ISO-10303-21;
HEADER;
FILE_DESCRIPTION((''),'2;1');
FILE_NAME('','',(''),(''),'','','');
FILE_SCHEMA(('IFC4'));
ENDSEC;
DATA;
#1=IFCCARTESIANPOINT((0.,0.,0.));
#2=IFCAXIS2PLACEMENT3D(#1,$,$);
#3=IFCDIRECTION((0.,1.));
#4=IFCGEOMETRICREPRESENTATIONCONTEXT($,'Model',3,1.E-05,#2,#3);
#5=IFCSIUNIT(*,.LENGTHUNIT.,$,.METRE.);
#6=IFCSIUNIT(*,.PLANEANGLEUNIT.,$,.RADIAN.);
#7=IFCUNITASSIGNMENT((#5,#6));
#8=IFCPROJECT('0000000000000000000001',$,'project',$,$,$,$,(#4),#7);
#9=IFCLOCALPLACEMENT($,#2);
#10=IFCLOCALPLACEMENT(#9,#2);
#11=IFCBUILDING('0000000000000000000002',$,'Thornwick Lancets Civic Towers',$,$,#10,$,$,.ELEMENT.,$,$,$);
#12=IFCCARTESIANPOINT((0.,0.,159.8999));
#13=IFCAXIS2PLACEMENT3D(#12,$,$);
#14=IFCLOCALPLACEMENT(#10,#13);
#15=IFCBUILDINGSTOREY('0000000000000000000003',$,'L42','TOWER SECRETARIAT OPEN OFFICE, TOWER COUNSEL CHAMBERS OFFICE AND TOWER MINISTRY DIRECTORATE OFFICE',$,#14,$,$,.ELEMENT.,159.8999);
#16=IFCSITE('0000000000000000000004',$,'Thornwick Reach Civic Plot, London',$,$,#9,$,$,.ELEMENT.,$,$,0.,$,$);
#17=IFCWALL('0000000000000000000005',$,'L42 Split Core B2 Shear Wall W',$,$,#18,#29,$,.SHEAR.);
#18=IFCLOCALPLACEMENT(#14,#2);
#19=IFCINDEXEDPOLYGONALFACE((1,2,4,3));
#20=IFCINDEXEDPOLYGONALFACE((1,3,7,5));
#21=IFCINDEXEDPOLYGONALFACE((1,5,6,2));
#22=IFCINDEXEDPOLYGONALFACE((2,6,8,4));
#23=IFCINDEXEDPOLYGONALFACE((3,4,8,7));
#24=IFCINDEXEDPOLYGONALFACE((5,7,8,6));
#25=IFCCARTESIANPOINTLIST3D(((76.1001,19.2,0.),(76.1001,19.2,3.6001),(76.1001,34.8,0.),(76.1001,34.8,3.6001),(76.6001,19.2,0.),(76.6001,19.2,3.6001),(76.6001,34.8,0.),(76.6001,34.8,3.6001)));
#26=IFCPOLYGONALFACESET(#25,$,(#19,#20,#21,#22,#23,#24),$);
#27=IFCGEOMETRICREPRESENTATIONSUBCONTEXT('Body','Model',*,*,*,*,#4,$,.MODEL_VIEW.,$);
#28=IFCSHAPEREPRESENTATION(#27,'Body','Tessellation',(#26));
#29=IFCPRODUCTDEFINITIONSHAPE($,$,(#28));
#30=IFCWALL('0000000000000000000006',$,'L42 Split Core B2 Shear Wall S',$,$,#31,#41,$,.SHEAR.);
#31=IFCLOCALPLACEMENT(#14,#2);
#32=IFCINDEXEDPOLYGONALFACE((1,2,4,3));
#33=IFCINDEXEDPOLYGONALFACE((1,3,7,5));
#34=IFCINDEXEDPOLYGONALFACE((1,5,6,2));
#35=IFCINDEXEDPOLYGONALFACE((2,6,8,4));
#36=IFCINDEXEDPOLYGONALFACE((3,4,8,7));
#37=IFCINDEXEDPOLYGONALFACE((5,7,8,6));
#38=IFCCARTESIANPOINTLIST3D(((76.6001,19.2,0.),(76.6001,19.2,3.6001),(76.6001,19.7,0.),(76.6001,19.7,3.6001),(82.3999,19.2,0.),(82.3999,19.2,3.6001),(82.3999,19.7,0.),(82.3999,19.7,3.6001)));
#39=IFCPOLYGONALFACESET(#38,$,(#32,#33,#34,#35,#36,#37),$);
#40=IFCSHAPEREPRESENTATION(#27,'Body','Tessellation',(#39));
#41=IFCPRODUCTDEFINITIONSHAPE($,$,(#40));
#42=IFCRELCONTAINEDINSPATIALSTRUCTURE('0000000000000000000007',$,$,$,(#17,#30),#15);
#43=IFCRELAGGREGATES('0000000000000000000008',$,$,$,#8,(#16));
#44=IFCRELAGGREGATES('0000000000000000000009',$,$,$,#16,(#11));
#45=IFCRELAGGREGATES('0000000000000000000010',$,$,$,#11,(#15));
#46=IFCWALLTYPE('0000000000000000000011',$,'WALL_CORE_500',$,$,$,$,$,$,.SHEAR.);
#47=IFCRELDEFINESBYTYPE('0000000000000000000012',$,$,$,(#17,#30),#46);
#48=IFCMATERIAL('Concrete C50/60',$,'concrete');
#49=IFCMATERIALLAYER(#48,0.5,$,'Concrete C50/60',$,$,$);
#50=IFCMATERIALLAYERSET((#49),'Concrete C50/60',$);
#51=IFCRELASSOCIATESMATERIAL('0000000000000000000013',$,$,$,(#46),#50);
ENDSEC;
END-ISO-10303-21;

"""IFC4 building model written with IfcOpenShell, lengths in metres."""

from ifc_helpers import new_model, si_unit, direction, frame, frame_2d, origin, place, context, subcontext, project, spatial, rectangle, extrude, material, layer, layer_set, type_object, element, save


model = new_model("IFC4")

# Units and contexts
model_context = context("Model", 3, precision=1e-05, world=origin(), true_north=direction((0.0, 1.0)))
body_context = subcontext(model_context, "Body", "Model", "MODEL_VIEW")
ifc_project = project(units=[si_unit("LENGTHUNIT", "METRE"), si_unit("PLANEANGLEUNIT", "RADIAN")], contexts=[model_context])

# Site, building, storey
site_placement = place(None, origin())
site = spatial("IfcSite", under=ifc_project, at=site_placement, Name="Thornwick Reach Civic Plot, London", CompositionType="ELEMENT", RefElevation=0.0)
building_placement = place(site_placement, origin())
building = spatial("IfcBuilding", under=site, at=building_placement, Name="Thornwick Lancets Civic Towers", CompositionType="ELEMENT")
storey_placement = place(building_placement, frame((0.0, 0.0, 159.8999)))
storey = spatial("IfcBuildingStorey", under=building, at=storey_placement, Name="L42", Description="TOWER SECRETARIAT OPEN OFFICE, TOWER COUNSEL CHAMBERS OFFICE AND TOWER MINISTRY DIRECTORATE OFFICE", CompositionType="ELEMENT", Elevation=159.8999)

# Shared definitions
ifc_material_1 = material(Name="Concrete C50/60", Category="concrete")

# Walls
ifc_layer_1 = layer(ifc_material_1, 0.5, Name="Concrete C50/60")
ifc_layer_set_1 = layer_set([ifc_layer_1], Name="Concrete C50/60")
wall_type_1 = type_object("IfcWallType", Name="WALL_CORE_500", PredefinedType="SHEAR", material=ifc_layer_set_1)
wall_1_placement = place(storey_placement, frame((76.3501, 19.2, 0.0), z_axis=(0.0, 0.0, 1.0), x_axis=(0.0, 1.0, 0.0)))
element("IfcWall", 1, at=wall_1_placement, inside=storey, type_object=wall_type_1, Name="L42 Split Core B2 Shear Wall W", PredefinedType="SHEAR", context=body_context, shape_type="SweptSolid", body=[
    extrude(rectangle(XDim=15.6001, YDim=0.5, at=frame_2d((7.8, 0.0))), origin(), (0.0, 0.0, 1.0), 3.6001),
])
wall_2_placement = place(storey_placement, frame((76.6001, 19.45, 0.0), z_axis=(0.0, 0.0, 1.0), x_axis=(1.0, 0.0, 0.0)))
element("IfcWall", 2, at=wall_2_placement, inside=storey, type_object=wall_type_1, Name="L42 Split Core B2 Shear Wall S", PredefinedType="SHEAR", context=body_context, shape_type="SweptSolid", body=[
    extrude(rectangle(XDim=5.7998, YDim=0.5, at=frame_2d((2.8999, 0.0))), origin(), (0.0, 0.0, 1.0), 3.6001),
])

save(model, "model.ifc")
